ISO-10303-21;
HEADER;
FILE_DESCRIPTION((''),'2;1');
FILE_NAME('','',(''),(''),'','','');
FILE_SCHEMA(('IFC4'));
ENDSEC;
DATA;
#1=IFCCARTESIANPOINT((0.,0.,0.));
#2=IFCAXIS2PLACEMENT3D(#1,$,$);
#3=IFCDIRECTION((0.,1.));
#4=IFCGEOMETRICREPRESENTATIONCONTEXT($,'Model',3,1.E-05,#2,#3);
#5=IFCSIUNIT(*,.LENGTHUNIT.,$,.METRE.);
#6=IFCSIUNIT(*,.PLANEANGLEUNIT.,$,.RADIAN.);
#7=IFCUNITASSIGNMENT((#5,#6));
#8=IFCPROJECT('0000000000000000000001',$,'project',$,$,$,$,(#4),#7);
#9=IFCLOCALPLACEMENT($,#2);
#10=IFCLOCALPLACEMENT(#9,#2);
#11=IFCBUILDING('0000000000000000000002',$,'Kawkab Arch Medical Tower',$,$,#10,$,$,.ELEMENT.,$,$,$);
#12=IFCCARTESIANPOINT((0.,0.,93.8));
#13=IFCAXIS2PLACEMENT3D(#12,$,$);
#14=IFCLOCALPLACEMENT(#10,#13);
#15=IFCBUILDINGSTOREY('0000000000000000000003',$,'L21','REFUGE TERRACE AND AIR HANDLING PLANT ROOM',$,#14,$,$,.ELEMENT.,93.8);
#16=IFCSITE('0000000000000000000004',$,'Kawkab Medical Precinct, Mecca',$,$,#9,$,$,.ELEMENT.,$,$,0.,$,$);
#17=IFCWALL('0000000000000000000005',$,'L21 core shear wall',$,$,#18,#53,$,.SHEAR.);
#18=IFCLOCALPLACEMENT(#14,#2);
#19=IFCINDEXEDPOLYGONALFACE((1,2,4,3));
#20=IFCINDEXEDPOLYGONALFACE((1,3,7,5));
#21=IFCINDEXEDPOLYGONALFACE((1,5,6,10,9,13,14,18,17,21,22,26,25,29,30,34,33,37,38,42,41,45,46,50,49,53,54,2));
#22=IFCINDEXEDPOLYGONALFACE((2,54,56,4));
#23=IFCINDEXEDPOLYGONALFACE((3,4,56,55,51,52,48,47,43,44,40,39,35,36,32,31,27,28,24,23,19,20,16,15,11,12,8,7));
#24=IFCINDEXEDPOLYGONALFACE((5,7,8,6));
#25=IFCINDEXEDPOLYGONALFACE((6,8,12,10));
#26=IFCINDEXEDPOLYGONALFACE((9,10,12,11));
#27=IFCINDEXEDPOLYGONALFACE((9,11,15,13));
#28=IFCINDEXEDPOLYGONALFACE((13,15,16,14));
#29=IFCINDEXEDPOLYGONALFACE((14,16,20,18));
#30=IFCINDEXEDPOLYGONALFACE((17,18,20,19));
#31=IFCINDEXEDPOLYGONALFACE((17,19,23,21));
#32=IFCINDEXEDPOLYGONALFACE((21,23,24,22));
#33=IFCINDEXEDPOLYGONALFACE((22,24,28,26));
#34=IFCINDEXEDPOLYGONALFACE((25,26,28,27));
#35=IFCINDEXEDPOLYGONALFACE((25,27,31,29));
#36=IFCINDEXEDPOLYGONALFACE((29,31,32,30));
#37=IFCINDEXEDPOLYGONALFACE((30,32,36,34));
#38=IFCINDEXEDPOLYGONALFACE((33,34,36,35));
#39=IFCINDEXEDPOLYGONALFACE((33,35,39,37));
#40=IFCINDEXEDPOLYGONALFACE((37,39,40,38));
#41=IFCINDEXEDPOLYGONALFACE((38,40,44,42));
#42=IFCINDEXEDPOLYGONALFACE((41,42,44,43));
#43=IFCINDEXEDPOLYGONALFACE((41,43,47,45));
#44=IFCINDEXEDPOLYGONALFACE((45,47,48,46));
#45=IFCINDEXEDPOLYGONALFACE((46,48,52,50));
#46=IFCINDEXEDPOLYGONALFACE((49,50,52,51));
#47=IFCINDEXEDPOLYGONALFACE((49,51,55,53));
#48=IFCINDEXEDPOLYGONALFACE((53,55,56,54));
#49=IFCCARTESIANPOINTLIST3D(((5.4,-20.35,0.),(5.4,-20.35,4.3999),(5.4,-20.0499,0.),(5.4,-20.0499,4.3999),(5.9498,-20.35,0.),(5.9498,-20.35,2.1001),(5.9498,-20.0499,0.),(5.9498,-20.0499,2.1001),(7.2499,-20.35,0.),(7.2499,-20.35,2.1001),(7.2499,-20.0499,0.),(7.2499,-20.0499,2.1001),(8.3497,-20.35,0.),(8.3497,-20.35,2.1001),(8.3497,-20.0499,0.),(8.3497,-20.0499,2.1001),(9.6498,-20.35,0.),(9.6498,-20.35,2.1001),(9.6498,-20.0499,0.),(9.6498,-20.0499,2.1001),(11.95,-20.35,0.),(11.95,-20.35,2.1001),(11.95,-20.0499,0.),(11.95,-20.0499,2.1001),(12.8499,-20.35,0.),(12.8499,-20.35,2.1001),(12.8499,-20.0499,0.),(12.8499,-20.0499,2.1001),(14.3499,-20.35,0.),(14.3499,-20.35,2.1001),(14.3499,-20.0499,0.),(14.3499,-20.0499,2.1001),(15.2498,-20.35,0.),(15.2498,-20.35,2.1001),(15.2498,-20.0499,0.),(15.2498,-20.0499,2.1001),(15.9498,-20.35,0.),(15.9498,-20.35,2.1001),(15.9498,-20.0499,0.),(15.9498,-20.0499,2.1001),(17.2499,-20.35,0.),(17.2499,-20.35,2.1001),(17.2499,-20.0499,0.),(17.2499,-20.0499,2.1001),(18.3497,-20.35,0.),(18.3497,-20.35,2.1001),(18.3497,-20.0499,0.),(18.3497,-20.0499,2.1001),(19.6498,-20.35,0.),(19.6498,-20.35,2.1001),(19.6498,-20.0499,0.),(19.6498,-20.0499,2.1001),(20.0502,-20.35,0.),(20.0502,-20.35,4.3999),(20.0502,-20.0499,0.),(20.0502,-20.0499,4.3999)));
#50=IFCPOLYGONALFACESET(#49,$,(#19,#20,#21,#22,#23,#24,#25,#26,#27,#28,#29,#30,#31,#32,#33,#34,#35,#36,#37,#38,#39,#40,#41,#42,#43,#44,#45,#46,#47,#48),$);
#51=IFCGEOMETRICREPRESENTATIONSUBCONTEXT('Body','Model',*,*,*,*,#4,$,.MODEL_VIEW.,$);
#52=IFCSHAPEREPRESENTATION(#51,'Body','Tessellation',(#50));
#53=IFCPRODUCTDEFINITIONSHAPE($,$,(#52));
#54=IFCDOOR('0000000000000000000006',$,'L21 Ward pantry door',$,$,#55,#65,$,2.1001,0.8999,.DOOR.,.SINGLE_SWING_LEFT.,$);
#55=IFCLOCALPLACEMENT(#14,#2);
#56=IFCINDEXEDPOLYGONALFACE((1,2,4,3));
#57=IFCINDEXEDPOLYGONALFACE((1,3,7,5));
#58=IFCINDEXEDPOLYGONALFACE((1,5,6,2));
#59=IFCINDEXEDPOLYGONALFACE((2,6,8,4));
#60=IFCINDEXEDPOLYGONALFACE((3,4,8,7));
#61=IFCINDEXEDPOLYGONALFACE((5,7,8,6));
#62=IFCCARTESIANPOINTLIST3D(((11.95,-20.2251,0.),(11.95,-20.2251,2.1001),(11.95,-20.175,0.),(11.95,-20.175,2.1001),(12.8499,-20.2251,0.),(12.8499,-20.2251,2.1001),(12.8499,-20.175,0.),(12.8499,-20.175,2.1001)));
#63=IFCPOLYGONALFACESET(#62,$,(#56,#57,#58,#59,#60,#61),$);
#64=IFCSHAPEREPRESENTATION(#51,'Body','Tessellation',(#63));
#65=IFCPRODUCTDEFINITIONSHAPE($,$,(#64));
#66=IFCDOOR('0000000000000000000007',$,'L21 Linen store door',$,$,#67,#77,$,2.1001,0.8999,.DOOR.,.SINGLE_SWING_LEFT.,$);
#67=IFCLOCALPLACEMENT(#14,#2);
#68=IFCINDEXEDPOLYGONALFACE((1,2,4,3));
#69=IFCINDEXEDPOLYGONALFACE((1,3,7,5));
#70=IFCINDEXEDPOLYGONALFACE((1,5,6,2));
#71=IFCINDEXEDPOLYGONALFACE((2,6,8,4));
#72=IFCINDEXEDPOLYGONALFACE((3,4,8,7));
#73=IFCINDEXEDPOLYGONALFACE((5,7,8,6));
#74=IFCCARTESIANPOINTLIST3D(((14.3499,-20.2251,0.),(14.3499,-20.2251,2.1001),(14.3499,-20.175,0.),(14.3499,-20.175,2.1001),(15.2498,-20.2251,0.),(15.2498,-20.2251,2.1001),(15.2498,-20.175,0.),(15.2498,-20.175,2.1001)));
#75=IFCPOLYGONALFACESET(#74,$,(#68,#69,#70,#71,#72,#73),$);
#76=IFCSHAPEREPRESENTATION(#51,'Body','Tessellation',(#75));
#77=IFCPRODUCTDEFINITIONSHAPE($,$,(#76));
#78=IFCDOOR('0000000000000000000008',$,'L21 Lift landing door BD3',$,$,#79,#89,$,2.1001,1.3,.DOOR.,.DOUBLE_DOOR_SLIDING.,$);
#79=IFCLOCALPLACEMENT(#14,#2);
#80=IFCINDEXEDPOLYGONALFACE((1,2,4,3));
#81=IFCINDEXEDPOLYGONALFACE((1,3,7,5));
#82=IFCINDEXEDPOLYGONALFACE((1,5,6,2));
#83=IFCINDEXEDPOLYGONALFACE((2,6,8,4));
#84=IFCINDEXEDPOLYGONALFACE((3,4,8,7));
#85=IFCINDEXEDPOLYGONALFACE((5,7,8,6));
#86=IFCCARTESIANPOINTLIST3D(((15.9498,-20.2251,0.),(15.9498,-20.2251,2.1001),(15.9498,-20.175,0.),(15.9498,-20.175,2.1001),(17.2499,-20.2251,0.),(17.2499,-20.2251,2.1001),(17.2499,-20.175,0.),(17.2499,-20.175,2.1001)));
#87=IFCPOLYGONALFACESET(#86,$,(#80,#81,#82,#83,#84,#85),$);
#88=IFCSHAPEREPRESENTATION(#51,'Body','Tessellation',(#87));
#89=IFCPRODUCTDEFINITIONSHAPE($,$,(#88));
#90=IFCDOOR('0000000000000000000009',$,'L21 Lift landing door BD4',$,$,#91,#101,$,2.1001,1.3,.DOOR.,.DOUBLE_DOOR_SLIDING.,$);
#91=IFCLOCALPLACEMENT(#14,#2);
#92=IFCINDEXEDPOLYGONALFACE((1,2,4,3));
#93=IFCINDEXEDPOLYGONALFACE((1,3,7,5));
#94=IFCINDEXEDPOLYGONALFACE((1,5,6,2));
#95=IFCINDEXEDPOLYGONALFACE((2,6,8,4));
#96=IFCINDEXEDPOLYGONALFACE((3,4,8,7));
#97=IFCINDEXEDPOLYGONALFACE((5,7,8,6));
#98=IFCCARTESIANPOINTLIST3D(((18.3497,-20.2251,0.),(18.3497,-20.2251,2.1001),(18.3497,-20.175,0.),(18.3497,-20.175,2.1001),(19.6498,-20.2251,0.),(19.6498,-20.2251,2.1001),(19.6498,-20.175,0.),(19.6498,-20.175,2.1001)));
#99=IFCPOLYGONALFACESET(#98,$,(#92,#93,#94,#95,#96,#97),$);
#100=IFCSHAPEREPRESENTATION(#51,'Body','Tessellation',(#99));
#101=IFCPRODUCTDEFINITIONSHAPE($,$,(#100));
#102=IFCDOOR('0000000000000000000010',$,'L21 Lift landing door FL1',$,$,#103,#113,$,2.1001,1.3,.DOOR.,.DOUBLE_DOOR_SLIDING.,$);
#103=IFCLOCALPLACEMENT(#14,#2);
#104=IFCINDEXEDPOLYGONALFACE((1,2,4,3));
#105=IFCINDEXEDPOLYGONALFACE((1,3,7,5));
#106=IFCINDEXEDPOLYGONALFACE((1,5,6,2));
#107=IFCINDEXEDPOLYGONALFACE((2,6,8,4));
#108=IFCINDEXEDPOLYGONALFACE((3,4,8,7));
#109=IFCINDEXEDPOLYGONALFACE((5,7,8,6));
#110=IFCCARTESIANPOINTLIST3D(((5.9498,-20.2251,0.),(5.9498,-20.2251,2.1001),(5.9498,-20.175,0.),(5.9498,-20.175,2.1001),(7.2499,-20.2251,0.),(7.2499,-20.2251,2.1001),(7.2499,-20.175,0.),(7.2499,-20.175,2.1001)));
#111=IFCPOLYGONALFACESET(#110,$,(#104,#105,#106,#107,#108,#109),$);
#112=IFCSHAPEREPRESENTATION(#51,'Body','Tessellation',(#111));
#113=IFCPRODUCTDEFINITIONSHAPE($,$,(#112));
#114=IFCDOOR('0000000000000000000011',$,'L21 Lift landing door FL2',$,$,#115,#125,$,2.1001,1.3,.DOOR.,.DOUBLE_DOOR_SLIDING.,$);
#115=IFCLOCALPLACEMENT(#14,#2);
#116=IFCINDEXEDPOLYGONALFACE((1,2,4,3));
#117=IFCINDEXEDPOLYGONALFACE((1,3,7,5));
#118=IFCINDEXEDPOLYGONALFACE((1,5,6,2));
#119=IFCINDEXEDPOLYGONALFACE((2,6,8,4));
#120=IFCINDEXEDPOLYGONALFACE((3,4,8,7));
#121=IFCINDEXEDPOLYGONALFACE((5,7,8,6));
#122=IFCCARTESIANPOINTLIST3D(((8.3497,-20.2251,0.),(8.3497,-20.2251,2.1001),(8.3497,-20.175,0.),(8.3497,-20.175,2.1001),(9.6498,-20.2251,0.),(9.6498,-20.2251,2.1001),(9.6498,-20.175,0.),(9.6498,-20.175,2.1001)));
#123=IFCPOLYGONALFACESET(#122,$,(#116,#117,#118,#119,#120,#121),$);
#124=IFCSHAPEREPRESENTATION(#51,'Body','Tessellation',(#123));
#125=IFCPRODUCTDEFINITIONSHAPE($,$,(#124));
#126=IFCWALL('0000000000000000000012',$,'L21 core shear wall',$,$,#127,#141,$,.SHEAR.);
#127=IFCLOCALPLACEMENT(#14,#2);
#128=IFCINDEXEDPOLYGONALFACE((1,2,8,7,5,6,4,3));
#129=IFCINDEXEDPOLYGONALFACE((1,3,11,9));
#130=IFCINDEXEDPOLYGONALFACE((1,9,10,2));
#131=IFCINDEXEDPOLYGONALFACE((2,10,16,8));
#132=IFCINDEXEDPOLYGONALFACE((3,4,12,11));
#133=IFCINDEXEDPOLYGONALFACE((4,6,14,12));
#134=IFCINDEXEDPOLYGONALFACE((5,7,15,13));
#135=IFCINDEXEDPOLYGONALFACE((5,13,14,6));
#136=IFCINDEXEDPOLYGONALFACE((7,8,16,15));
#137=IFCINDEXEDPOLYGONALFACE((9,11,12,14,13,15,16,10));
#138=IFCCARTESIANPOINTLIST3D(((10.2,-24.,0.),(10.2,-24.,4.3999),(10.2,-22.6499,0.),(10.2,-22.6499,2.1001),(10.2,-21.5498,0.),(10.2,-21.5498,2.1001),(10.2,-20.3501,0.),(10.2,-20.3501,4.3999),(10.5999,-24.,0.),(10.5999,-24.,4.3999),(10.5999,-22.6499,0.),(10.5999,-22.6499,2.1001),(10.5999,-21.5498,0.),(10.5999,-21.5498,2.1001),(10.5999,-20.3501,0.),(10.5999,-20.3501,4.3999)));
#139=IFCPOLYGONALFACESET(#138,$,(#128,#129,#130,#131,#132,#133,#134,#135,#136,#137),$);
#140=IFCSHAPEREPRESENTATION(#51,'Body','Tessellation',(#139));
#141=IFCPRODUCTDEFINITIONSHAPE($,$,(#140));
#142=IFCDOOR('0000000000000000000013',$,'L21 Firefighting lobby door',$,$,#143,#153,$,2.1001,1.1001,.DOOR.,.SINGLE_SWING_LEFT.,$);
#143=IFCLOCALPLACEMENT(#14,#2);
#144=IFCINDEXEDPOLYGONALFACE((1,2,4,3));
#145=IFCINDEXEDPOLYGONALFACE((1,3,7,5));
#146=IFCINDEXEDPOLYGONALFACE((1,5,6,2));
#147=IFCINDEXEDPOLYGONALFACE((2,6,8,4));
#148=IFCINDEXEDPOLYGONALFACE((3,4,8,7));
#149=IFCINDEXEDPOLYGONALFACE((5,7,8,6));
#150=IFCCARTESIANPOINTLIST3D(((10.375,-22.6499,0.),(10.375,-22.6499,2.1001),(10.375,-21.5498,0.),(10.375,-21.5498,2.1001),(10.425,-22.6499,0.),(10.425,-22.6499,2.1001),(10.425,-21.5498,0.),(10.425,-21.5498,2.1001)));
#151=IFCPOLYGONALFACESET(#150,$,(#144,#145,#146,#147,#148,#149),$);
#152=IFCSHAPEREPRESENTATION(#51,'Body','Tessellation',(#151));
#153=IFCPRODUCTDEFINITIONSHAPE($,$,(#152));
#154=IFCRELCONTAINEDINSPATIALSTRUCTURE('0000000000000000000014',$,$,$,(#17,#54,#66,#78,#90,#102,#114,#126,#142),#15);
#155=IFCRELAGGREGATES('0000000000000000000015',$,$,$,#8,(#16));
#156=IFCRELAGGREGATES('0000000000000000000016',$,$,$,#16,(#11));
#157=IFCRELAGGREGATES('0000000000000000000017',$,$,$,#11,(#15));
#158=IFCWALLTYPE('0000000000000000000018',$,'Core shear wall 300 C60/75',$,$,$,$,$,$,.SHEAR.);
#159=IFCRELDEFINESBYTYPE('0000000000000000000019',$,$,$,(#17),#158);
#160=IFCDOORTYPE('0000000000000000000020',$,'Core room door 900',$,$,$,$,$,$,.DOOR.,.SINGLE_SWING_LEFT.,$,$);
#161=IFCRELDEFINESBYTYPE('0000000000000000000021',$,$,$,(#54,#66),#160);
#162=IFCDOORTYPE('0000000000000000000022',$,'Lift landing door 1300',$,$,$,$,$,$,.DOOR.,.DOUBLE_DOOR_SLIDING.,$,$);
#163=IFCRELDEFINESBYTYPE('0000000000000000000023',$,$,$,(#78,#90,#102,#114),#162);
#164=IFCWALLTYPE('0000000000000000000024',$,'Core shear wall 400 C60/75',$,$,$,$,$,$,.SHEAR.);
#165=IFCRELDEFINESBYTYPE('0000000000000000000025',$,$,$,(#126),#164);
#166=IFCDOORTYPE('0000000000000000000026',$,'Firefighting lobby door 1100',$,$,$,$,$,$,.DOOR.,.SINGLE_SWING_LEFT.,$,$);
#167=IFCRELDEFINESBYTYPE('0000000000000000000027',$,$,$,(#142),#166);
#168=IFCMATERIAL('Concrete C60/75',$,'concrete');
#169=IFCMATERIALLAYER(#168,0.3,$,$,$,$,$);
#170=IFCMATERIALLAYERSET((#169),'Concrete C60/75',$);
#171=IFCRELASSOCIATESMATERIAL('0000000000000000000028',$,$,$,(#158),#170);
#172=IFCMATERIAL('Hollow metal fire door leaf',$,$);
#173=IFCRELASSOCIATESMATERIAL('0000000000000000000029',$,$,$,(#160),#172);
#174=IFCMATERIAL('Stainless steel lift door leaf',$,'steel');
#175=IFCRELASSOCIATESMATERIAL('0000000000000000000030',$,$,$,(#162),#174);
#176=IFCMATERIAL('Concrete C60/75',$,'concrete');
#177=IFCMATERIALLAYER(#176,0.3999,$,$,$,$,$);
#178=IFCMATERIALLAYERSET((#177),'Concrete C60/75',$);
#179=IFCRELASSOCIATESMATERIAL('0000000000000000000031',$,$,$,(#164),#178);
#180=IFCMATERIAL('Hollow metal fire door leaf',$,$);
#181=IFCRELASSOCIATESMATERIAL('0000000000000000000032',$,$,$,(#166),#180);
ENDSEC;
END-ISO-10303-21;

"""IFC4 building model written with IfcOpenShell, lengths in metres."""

from ifc_helpers import new_model, si_unit, direction, frame, frame_2d, origin, place, context, subcontext, project, spatial, rectangle, extrude, material, layer, layer_set, type_object, element, fill, save


model = new_model("IFC4")

# Units and contexts
model_context = context("Model", 3, precision=1e-05, world=origin(), true_north=direction((0.0, 1.0)))
body_context = subcontext(model_context, "Body", "Model", "MODEL_VIEW")
ifc_project = project(units=[si_unit("LENGTHUNIT", "METRE"), si_unit("PLANEANGLEUNIT", "RADIAN")], contexts=[model_context])

# Site, building, storey
site_placement = place(None, origin())
site = spatial("IfcSite", under=ifc_project, at=site_placement, Name="Kawkab Medical Precinct, Mecca", CompositionType="ELEMENT", RefElevation=0.0)
building_placement = place(site_placement, origin())
building = spatial("IfcBuilding", under=site, at=building_placement, Name="Kawkab Arch Medical Tower", CompositionType="ELEMENT")
storey_placement = place(building_placement, frame((0.0, 0.0, 93.8)))
storey = spatial("IfcBuildingStorey", under=building, at=storey_placement, Name="L21", Description="REFUGE TERRACE AND AIR HANDLING PLANT ROOM", CompositionType="ELEMENT", Elevation=93.8)

# Shared definitions
ifc_material_1 = material(Name="Concrete C60/75", Category="concrete")
ifc_layer_1 = layer(ifc_material_1, 0.3)
ifc_layer_set_1 = layer_set([ifc_layer_1], Name="Concrete C60/75")
wall_type_1 = type_object("IfcWallType", Name="Core shear wall 300 C60/75", PredefinedType="SHEAR", material=ifc_layer_set_1)

# Wall, openings, doors
wall_1_placement = place(storey_placement, frame((5.3999, -20.2, 0.0), z_axis=(0.0, 0.0, 1.0), x_axis=(1.0, 0.0, 0.0)))
wall_1 = element("IfcWall", 1, at=wall_1_placement, inside=storey, type_object=wall_type_1, Name="L21 core shear wall", PredefinedType="SHEAR", context=body_context, shape_type="SweptSolid", body=[
    extrude(rectangle(XDim=14.6501, YDim=0.3, at=frame_2d((7.3252, 0.0))), origin(), (0.0, 0.0, 1.0), 4.3999),
])
opening_1_placement = place(wall_1_placement, frame((10.55, 0.0, 0.0)))
opening_1 = element("IfcOpeningElement", 2, at=opening_1_placement, cuts=wall_1, PredefinedType="OPENING", context=body_context, shape_type="SweptSolid", body=[
    extrude(rectangle(XDim=1.3, YDim=2.1001, at=frame_2d((0.6499, 1.05))), frame((0.0, 0.1599, 0.0), z_axis=(0.0, -1.0, 0.0), x_axis=(1.0, 0.0, 0.0)), (0.0, 0.0, 1.0), 0.3201),
])
opening_2_placement = place(wall_1_placement, frame((12.95, 0.0, 0.0)))
opening_2 = element("IfcOpeningElement", 3, at=opening_2_placement, cuts=wall_1, PredefinedType="OPENING", context=body_context, shape_type="SweptSolid", body=[
    extrude(rectangle(XDim=1.3, YDim=2.1001, at=frame_2d((0.6499, 1.05))), frame((0.0, 0.1599, 0.0), z_axis=(0.0, -1.0, 0.0), x_axis=(1.0, 0.0, 0.0)), (0.0, 0.0, 1.0), 0.3201),
])
opening_3_placement = place(wall_1_placement, frame((0.55, 0.0, 0.0)))
opening_3 = element("IfcOpeningElement", 4, at=opening_3_placement, cuts=wall_1, PredefinedType="OPENING", context=body_context, shape_type="SweptSolid", body=[
    extrude(rectangle(XDim=1.3, YDim=2.1001, at=frame_2d((0.6499, 1.05))), frame((0.0, 0.1599, 0.0), z_axis=(0.0, -1.0, 0.0), x_axis=(1.0, 0.0, 0.0)), (0.0, 0.0, 1.0), 0.3201),
])
opening_4_placement = place(wall_1_placement, frame((2.95, 0.0, 0.0)))
opening_4 = element("IfcOpeningElement", 5, at=opening_4_placement, cuts=wall_1, PredefinedType="OPENING", context=body_context, shape_type="SweptSolid", body=[
    extrude(rectangle(XDim=1.3, YDim=2.1001, at=frame_2d((0.6499, 1.05))), frame((0.0, 0.1599, 0.0), z_axis=(0.0, -1.0, 0.0), x_axis=(1.0, 0.0, 0.0)), (0.0, 0.0, 1.0), 0.3201),
])
opening_5_placement = place(wall_1_placement, frame((6.55, 0.0, 0.0)))
opening_5 = element("IfcOpeningElement", 6, at=opening_5_placement, cuts=wall_1, PredefinedType="OPENING", context=body_context, shape_type="SweptSolid", body=[
    extrude(rectangle(XDim=0.8999, YDim=2.1001, at=frame_2d((0.45, 1.05))), frame((0.0, 0.1599, 0.0), z_axis=(0.0, -1.0, 0.0), x_axis=(1.0, 0.0, 0.0)), (0.0, 0.0, 1.0), 0.3201),
])
opening_6_placement = place(wall_1_placement, frame((8.95, 0.0, 0.0)))
opening_6 = element("IfcOpeningElement", 7, at=opening_6_placement, cuts=wall_1, PredefinedType="OPENING", context=body_context, shape_type="SweptSolid", body=[
    extrude(rectangle(XDim=0.8999, YDim=2.1001, at=frame_2d((0.45, 1.05))), frame((0.0, 0.1599, 0.0), z_axis=(0.0, -1.0, 0.0), x_axis=(1.0, 0.0, 0.0)), (0.0, 0.0, 1.0), 0.3201),
])
ifc_material_2 = material(Name="Hollow metal fire door leaf")
door_type_1 = type_object("IfcDoorType", Name="Core room door 900", OperationType="SINGLE_SWING_LEFT", PredefinedType="DOOR", material=ifc_material_2)
door_1_placement = place(opening_5_placement, origin())
door_1 = element("IfcDoor", 8, at=door_1_placement, inside=storey, type_object=door_type_1, Name="L21 Ward pantry door", OperationType="SINGLE_SWING_LEFT", OverallHeight=2.1001, OverallWidth=0.8999, PredefinedType="DOOR", context=body_context, shape_type="SweptSolid", body=[
    extrude(rectangle(XDim=0.8999, YDim=2.1001, at=frame_2d((0.45, 1.05))), frame((0.0, 0.0249, 0.0), z_axis=(0.0, -1.0, 0.0), x_axis=(1.0, 0.0, 0.0)), (0.0, 0.0, 1.0), 0.05),
])
fill(opening_5, door_1)
door_2_placement = place(opening_6_placement, origin())
door_2 = element("IfcDoor", 9, at=door_2_placement, inside=storey, type_object=door_type_1, Name="L21 Linen store door", OperationType="SINGLE_SWING_LEFT", OverallHeight=2.1001, OverallWidth=0.8999, PredefinedType="DOOR", context=body_context, shape_type="SweptSolid", body=[
    extrude(rectangle(XDim=0.8999, YDim=2.1001, at=frame_2d((0.45, 1.05))), frame((0.0, 0.0249, 0.0), z_axis=(0.0, -1.0, 0.0), x_axis=(1.0, 0.0, 0.0)), (0.0, 0.0, 1.0), 0.05),
])
fill(opening_6, door_2)
ifc_material_3 = material(Name="Stainless steel lift door leaf", Category="steel")
door_type_2 = type_object("IfcDoorType", Name="Lift landing door 1300", OperationType="DOUBLE_DOOR_SLIDING", PredefinedType="DOOR", material=ifc_material_3)
door_3_placement = place(opening_1_placement, origin())
door_3 = element("IfcDoor", 10, at=door_3_placement, inside=storey, type_object=door_type_2, Name="L21 Lift landing door BD3", OperationType="DOUBLE_DOOR_SLIDING", OverallHeight=2.1001, OverallWidth=1.3, PredefinedType="DOOR", context=body_context, shape_type="SweptSolid", body=[
    extrude(rectangle(XDim=1.3, YDim=2.1001, at=frame_2d((0.6499, 1.05))), frame((0.0, 0.0249, 0.0), z_axis=(0.0, -1.0, 0.0), x_axis=(1.0, 0.0, 0.0)), (0.0, 0.0, 1.0), 0.05),
])
fill(opening_1, door_3)
door_4_placement = place(opening_2_placement, origin())
door_4 = element("IfcDoor", 11, at=door_4_placement, inside=storey, type_object=door_type_2, Name="L21 Lift landing door BD4", OperationType="DOUBLE_DOOR_SLIDING", OverallHeight=2.1001, OverallWidth=1.3, PredefinedType="DOOR", context=body_context, shape_type="SweptSolid", body=[
    extrude(rectangle(XDim=1.3, YDim=2.1001, at=frame_2d((0.6499, 1.05))), frame((0.0, 0.0249, 0.0), z_axis=(0.0, -1.0, 0.0), x_axis=(1.0, 0.0, 0.0)), (0.0, 0.0, 1.0), 0.05),
])
fill(opening_2, door_4)
door_5_placement = place(opening_3_placement, origin())
door_5 = element("IfcDoor", 12, at=door_5_placement, inside=storey, type_object=door_type_2, Name="L21 Lift landing door FL1", OperationType="DOUBLE_DOOR_SLIDING", OverallHeight=2.1001, OverallWidth=1.3, PredefinedType="DOOR", context=body_context, shape_type="SweptSolid", body=[
    extrude(rectangle(XDim=1.3, YDim=2.1001, at=frame_2d((0.6499, 1.05))), frame((0.0, 0.0249, 0.0), z_axis=(0.0, -1.0, 0.0), x_axis=(1.0, 0.0, 0.0)), (0.0, 0.0, 1.0), 0.05),
])
fill(opening_3, door_5)
door_6_placement = place(opening_4_placement, origin())
door_6 = element("IfcDoor", 13, at=door_6_placement, inside=storey, type_object=door_type_2, Name="L21 Lift landing door FL2", OperationType="DOUBLE_DOOR_SLIDING", OverallHeight=2.1001, OverallWidth=1.3, PredefinedType="DOOR", context=body_context, shape_type="SweptSolid", body=[
    extrude(rectangle(XDim=1.3, YDim=2.1001, at=frame_2d((0.6499, 1.05))), frame((0.0, 0.0249, 0.0), z_axis=(0.0, -1.0, 0.0), x_axis=(1.0, 0.0, 0.0)), (0.0, 0.0, 1.0), 0.05),
])
fill(opening_4, door_6)

# Wall, opening, door
ifc_material_4 = material(Name="Concrete C60/75", Category="concrete")
ifc_layer_2 = layer(ifc_material_4, 0.3999)
ifc_layer_set_2 = layer_set([ifc_layer_2], Name="Concrete C60/75")
wall_type_2 = type_object("IfcWallType", Name="Core shear wall 400 C60/75", PredefinedType="SHEAR", material=ifc_layer_set_2)
wall_2_placement = place(storey_placement, frame((10.3999, -24.0, 0.0), z_axis=(0.0, 0.0, 1.0), x_axis=(0.0, 1.0, 0.0)))
wall_2 = element("IfcWall", 14, at=wall_2_placement, inside=storey, type_object=wall_type_2, Name="L21 core shear wall", PredefinedType="SHEAR", context=body_context, shape_type="SweptSolid", body=[
    extrude(rectangle(XDim=3.6499, YDim=0.3999, at=frame_2d((1.825, 0.0))), origin(), (0.0, 0.0, 1.0), 4.3999),
])
opening_7_placement = place(wall_2_placement, frame((1.3501, 0.0, 0.0)))
opening_7 = element("IfcOpeningElement", 15, at=opening_7_placement, cuts=wall_2, PredefinedType="OPENING", context=body_context, shape_type="SweptSolid", body=[
    extrude(rectangle(XDim=1.1001, YDim=2.1001, at=frame_2d((0.55, 1.05))), frame((0.0, 0.21, 0.0), z_axis=(0.0, -1.0, 0.0), x_axis=(1.0, 0.0, 0.0)), (0.0, 0.0, 1.0), 0.4199),
])
ifc_material_5 = material(Name="Hollow metal fire door leaf")
door_type_3 = type_object("IfcDoorType", Name="Firefighting lobby door 1100", OperationType="SINGLE_SWING_LEFT", PredefinedType="DOOR", material=ifc_material_5)
door_7_placement = place(opening_7_placement, origin())
door_7 = element("IfcDoor", 16, at=door_7_placement, inside=storey, type_object=door_type_3, Name="L21 Firefighting lobby door", OperationType="SINGLE_SWING_LEFT", OverallHeight=2.1001, OverallWidth=1.1001, PredefinedType="DOOR", context=body_context, shape_type="SweptSolid", body=[
    extrude(rectangle(XDim=1.1001, YDim=2.1001, at=frame_2d((0.55, 1.05))), frame((0.0, 0.0249, 0.0), z_axis=(0.0, -1.0, 0.0), x_axis=(1.0, 0.0, 0.0)), (0.0, 0.0, 1.0), 0.05),
])
fill(opening_7, door_7)

save(model, "model.ifc")
